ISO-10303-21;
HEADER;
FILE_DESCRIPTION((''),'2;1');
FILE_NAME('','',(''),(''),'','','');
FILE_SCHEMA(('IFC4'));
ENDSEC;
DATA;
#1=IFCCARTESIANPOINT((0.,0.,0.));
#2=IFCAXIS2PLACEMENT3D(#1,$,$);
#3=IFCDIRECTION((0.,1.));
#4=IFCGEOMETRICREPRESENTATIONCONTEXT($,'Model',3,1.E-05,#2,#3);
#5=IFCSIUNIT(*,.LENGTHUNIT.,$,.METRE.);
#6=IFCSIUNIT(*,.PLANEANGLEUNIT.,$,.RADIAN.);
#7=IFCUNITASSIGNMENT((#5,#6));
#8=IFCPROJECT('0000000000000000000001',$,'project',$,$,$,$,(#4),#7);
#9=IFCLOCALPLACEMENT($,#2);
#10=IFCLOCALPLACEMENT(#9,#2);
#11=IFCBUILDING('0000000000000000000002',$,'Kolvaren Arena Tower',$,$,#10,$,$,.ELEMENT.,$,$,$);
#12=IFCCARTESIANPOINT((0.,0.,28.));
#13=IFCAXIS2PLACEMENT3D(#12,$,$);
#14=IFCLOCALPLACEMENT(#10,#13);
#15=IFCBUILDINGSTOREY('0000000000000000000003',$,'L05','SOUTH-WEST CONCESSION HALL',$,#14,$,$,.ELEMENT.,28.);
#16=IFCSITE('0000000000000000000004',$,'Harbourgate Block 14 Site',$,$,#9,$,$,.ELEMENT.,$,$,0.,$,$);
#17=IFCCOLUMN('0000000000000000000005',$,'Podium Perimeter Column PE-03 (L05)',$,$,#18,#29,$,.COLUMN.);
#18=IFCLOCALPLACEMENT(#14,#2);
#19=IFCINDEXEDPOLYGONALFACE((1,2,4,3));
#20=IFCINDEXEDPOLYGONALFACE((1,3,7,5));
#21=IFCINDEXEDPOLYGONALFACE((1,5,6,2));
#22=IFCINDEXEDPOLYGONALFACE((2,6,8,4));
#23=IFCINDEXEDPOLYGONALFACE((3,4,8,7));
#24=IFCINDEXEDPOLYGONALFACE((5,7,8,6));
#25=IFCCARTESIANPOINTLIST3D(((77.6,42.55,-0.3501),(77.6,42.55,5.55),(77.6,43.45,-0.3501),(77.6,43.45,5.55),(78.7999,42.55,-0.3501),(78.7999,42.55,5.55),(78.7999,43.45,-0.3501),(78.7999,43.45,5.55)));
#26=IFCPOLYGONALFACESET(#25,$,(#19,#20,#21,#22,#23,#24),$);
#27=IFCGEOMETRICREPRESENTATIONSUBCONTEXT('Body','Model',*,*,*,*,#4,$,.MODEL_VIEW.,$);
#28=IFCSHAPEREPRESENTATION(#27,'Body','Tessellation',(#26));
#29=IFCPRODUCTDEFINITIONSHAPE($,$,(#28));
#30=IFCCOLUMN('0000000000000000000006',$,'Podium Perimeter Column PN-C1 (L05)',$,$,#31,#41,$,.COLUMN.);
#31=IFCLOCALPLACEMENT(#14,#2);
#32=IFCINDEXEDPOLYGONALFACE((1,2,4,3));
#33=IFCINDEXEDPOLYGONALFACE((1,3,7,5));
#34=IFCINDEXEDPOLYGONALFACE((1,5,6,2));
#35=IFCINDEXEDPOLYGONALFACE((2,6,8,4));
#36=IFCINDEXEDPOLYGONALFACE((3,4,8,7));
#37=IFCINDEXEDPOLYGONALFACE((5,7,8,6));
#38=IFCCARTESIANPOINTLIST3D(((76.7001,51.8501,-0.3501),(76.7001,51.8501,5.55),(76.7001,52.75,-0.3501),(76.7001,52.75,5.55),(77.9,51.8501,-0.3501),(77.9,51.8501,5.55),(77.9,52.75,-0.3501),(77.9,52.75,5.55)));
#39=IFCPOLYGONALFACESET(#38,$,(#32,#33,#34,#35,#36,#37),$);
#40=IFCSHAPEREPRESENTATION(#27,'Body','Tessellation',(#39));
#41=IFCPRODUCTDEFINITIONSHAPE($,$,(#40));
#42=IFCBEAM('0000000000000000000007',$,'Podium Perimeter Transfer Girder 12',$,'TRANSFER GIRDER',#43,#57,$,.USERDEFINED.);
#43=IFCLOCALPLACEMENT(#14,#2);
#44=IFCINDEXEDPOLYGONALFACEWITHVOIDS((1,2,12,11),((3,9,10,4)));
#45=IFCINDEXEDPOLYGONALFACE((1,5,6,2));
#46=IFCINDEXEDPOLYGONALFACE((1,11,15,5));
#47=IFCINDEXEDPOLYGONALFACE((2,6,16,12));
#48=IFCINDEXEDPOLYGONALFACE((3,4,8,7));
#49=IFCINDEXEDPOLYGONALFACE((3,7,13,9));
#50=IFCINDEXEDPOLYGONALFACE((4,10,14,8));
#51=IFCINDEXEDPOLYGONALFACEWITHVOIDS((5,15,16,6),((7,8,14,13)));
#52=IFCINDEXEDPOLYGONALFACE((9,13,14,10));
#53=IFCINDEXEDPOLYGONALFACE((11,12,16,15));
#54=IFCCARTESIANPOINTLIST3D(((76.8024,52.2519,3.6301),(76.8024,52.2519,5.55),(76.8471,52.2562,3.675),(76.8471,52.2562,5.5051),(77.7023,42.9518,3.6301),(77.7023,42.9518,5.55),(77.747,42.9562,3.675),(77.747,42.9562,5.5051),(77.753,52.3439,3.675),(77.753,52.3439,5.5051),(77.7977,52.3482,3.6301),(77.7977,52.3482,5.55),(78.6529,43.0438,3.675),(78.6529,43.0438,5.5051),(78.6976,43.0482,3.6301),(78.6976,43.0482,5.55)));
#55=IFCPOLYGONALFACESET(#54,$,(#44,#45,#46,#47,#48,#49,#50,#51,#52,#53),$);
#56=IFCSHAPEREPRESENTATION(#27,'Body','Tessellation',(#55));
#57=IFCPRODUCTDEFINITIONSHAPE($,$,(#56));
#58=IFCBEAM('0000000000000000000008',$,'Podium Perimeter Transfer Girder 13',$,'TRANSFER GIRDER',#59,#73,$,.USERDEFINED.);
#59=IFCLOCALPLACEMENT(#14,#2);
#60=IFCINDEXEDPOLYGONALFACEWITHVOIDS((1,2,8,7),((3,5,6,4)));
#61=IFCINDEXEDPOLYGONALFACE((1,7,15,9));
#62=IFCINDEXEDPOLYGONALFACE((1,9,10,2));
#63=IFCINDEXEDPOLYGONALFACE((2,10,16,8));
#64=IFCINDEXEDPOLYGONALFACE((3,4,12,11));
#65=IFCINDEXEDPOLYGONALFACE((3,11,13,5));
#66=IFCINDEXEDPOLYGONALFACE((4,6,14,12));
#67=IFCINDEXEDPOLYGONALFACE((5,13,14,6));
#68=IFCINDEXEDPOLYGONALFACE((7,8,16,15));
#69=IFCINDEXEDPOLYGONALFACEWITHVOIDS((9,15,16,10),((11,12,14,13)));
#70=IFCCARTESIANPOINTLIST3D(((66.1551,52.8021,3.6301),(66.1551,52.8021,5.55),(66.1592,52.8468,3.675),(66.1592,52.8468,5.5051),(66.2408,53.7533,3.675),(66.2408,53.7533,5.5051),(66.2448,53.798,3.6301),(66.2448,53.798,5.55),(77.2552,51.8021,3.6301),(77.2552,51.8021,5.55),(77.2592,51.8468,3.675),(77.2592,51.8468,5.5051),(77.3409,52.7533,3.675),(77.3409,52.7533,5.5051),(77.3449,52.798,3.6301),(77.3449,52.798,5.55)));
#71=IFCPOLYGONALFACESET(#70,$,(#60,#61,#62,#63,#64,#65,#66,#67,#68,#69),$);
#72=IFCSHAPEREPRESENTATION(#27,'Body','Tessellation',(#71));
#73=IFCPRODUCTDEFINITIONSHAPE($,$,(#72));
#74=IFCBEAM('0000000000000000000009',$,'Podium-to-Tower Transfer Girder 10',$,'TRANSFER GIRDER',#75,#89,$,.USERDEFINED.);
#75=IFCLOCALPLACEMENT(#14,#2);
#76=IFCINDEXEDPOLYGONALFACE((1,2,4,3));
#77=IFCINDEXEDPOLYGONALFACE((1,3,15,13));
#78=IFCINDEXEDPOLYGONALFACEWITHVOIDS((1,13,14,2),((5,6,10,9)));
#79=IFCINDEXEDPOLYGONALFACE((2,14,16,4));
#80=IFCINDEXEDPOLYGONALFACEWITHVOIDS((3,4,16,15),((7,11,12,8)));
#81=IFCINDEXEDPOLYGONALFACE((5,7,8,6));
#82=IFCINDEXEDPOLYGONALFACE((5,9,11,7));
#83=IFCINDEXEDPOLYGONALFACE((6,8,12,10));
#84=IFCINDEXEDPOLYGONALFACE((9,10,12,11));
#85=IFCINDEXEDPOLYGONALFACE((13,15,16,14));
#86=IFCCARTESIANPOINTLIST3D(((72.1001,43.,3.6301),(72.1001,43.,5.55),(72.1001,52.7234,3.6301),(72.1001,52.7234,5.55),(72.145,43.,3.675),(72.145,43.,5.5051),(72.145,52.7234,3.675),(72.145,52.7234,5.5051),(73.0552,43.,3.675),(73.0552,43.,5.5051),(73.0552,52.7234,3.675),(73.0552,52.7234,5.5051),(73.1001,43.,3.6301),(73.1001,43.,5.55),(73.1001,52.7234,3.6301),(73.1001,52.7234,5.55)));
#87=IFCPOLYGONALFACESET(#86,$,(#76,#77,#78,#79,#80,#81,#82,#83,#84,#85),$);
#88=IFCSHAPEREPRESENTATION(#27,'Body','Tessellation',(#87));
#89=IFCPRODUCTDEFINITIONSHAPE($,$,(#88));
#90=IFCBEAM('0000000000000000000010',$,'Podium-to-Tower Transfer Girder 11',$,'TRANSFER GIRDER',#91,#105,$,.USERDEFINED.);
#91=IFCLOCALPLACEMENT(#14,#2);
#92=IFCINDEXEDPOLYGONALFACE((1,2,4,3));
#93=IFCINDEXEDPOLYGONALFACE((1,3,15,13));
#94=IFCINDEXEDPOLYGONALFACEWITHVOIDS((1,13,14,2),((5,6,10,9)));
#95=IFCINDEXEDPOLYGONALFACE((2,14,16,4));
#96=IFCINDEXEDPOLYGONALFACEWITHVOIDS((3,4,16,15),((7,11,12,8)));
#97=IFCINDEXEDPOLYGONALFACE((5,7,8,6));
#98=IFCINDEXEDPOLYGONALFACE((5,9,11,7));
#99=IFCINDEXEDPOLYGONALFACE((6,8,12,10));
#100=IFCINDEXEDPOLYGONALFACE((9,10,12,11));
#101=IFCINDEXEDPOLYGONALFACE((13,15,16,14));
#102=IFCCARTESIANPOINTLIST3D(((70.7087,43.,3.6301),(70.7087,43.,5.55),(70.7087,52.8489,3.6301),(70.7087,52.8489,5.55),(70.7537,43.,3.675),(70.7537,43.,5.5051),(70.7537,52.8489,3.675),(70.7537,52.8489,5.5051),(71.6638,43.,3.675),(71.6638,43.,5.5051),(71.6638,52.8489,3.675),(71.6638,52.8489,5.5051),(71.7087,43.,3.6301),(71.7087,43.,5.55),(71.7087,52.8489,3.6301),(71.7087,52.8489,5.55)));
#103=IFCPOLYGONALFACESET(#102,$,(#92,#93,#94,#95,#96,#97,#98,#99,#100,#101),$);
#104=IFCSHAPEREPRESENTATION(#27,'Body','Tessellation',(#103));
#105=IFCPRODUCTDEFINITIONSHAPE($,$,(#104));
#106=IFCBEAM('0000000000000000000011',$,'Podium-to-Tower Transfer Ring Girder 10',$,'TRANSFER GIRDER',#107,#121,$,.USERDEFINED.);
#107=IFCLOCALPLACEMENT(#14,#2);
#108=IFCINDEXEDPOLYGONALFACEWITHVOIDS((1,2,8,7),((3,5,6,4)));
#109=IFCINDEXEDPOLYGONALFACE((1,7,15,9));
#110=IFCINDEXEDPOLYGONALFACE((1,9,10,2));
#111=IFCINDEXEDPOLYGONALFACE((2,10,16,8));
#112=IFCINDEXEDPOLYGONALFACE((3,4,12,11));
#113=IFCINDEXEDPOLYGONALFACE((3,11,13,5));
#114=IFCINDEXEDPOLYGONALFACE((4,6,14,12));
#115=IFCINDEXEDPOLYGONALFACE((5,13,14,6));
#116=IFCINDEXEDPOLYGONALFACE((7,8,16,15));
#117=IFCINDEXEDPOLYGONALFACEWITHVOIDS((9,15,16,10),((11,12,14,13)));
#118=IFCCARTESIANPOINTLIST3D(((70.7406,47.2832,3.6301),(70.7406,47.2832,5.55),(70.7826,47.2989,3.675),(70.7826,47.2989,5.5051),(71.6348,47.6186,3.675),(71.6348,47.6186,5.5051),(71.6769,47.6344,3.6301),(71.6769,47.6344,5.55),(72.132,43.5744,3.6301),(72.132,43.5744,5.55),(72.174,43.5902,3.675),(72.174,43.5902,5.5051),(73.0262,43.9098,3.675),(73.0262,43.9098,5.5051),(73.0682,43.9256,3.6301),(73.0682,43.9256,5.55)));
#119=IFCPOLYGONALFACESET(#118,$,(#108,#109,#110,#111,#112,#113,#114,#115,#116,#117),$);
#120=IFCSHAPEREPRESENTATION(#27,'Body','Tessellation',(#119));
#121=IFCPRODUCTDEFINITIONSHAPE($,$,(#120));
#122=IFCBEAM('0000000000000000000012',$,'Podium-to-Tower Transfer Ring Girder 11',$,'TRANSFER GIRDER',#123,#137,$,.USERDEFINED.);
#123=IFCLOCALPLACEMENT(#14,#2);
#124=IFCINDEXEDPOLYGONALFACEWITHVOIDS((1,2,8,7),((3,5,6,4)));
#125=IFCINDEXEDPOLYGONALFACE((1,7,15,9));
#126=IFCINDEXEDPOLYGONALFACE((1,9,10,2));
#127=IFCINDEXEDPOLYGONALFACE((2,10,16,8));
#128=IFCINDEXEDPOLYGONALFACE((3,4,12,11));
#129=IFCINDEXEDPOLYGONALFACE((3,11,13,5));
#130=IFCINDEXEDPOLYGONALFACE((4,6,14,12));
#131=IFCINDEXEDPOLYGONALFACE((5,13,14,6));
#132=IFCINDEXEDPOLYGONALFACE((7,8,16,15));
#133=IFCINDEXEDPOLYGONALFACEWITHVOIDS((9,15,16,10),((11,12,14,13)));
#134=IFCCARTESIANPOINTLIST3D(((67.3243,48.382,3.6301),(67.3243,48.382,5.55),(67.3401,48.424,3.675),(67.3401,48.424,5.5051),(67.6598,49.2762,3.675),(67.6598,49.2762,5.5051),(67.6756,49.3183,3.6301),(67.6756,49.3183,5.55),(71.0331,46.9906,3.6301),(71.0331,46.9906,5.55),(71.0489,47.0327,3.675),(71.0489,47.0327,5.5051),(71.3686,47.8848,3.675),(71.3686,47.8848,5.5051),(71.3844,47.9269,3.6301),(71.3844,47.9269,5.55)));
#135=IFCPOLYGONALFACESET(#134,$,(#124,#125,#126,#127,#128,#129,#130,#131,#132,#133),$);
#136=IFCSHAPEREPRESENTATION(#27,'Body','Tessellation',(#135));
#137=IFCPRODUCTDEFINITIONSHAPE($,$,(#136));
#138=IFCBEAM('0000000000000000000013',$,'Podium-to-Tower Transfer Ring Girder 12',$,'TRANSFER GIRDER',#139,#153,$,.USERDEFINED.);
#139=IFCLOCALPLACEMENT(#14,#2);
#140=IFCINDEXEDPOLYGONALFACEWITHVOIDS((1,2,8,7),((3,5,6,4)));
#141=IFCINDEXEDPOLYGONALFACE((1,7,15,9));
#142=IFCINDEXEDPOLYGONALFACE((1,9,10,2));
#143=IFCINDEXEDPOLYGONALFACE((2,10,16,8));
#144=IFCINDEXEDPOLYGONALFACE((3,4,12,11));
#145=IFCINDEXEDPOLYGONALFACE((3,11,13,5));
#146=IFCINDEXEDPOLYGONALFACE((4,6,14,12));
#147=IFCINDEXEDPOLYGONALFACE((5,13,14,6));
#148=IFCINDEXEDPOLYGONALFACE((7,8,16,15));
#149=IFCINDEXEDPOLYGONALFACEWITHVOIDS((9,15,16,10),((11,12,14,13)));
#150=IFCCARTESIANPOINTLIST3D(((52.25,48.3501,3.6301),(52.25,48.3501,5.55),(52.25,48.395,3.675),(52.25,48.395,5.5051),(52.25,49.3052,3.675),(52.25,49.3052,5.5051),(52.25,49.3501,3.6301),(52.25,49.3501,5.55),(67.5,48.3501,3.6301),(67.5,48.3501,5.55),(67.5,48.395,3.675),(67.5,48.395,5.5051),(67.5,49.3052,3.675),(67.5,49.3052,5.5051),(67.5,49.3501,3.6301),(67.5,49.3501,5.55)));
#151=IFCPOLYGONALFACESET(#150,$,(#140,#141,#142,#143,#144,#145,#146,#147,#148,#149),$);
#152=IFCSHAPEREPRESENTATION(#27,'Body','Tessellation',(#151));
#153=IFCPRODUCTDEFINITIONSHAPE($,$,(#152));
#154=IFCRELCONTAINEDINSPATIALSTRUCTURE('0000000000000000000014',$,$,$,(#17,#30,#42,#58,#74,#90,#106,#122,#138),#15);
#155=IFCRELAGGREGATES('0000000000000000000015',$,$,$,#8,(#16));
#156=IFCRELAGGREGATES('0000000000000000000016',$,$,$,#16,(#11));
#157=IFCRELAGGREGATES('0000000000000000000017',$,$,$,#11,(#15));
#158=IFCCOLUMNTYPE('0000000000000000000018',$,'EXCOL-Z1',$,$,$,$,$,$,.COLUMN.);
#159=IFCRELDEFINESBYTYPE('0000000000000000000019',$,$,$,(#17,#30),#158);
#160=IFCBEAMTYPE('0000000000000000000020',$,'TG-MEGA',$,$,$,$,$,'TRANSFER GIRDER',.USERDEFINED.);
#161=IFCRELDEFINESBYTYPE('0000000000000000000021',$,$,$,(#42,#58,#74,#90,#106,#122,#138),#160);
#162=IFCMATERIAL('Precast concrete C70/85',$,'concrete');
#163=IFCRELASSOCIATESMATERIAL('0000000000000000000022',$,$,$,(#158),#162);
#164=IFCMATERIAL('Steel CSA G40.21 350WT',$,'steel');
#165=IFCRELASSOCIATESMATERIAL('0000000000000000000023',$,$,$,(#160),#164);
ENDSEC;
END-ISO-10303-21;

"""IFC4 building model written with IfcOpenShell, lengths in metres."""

from ifc_helpers import new_model, si_unit, direction, frame, origin, origin_2d, place, context, subcontext, project, spatial, rectangle, hollow_rectangle, extrude, material, material_profile, profile_set, type_object, element, save


model = new_model("IFC4")

# Units and contexts
model_context = context("Model", 3, precision=1e-05, world=origin(), true_north=direction((0.0, 1.0)))
body_context = subcontext(model_context, "Body", "Model", "MODEL_VIEW")
ifc_project = project(units=[si_unit("LENGTHUNIT", "METRE"), si_unit("PLANEANGLEUNIT", "RADIAN")], contexts=[model_context])

# Site, building, storey
site_placement = place(None, origin())
site = spatial("IfcSite", under=ifc_project, at=site_placement, Name="Harbourgate Block 14 Site", CompositionType="ELEMENT", RefElevation=0.0)
building_placement = place(site_placement, origin())
building = spatial("IfcBuilding", under=site, at=building_placement, Name="Kolvaren Arena Tower", CompositionType="ELEMENT")
storey_placement = place(building_placement, frame((0.0, 0.0, 28.0)))
storey = spatial("IfcBuildingStorey", under=building, at=storey_placement, Name="L05", Description="SOUTH-WEST CONCESSION HALL", CompositionType="ELEMENT", Elevation=28.0)

# Columns
ifc_material_1 = material(Name="Precast concrete C70/85", Category="concrete")
ifc_material_profile_1 = material_profile(ifc_material_1, rectangle(XDim=1.2, YDim=0.8999, at=origin_2d()), Name="RC-1200x900")
ifc_profile_set_1 = profile_set([ifc_material_profile_1], Name="Precast concrete C70/85")
column_type = type_object("IfcColumnType", Name="EXCOL-Z1", PredefinedType="COLUMN", material=ifc_profile_set_1)
for number, where, z_axis, x_axis, name in (
    (1, (78.2, 43.0, -0.3501), (0.0, 0.0, 1.0), (1.0, 0.0, 0.0), "Podium Perimeter Column PE-03 (L05)"),
    (2, (77.3, 52.3, -0.3501), (0.0, 0.0, 1.0), (1.0, 0.0, 0.0), "Podium Perimeter Column PN-C1 (L05)"),
):
    element("IfcColumn", number, at=place(storey_placement, frame(where, z_axis=z_axis, x_axis=x_axis)), inside=storey, type_object=column_type, Name=name, PredefinedType="COLUMN", context=body_context, shape_type="SweptSolid", body=[
        extrude(rectangle(XDim=1.2, YDim=0.8999, at=origin_2d()), origin(), (0.0, 0.0, 1.0), 5.9001),
    ])

# Beams
ifc_material_2 = material(Name="Steel CSA G40.21 350WT", Category="steel")
ifc_material_profile_2 = material_profile(ifc_material_2, hollow_rectangle(XDim=1.0, YDim=1.9199, WallThickness=0.0449, at=origin_2d()), Name="BOX 1000x1920x45")
ifc_profile_set_2 = profile_set([ifc_material_profile_2], Name="Steel CSA G40.21 350WT")
beam_type = type_object("IfcBeamType", Name="TG-MEGA", ElementType="TRANSFER GIRDER", PredefinedType="USERDEFINED", material=ifc_profile_set_2)
beam_1_placement = place(storey_placement, frame((78.2, 43.0, 4.5901), z_axis=(-0.096313, 0.995351, 0.0), x_axis=(-0.995351, -0.096313, 0.0)))
element("IfcBeam", 3, at=beam_1_placement, inside=storey, type_object=beam_type, Name="Podium Perimeter Transfer Girder 12", ObjectType="TRANSFER GIRDER", PredefinedType="USERDEFINED", context=body_context, shape_type="SweptSolid", body=[
    extrude(hollow_rectangle(XDim=1.0, YDim=1.9199, WallThickness=0.0449, at=origin_2d()), origin(), (0.0, 0.0, 1.0), 9.3435),
])
beam_2_placement = place(storey_placement, frame((77.3, 52.3, 4.5901), z_axis=(-0.995966, 0.089726, 0.0), x_axis=(-0.089726, -0.995966, 0.0)))
element("IfcBeam", 4, at=beam_2_placement, inside=storey, type_object=beam_type, Name="Podium Perimeter Transfer Girder 13", ObjectType="TRANSFER GIRDER", PredefinedType="USERDEFINED", context=body_context, shape_type="SweptSolid", body=[
    extrude(hollow_rectangle(XDim=1.0, YDim=1.9199, WallThickness=0.0449, at=origin_2d()), origin(), (0.0, 0.0, 1.0), 11.145),
])
beam_3_placement = place(storey_placement, frame((72.6001, 43.0, 4.5901), z_axis=(0.0, 1.0, 0.0), x_axis=(-1.0, 0.0, 0.0)))
element("IfcBeam", 5, at=beam_3_placement, inside=storey, type_object=beam_type, Name="Podium-to-Tower Transfer Girder 10", ObjectType="TRANSFER GIRDER", PredefinedType="USERDEFINED", context=body_context, shape_type="SweptSolid", body=[
    extrude(hollow_rectangle(XDim=1.0, YDim=1.9199, WallThickness=0.0449, at=origin_2d()), origin(), (0.0, 0.0, 1.0), 9.7234),
])
beam_4_placement = place(storey_placement, frame((71.2087, 43.0, 4.5901), z_axis=(0.0, 1.0, 0.0), x_axis=(-1.0, 0.0, 0.0)))
element("IfcBeam", 6, at=beam_4_placement, inside=storey, type_object=beam_type, Name="Podium-to-Tower Transfer Girder 11", ObjectType="TRANSFER GIRDER", PredefinedType="USERDEFINED", context=body_context, shape_type="SweptSolid", body=[
    extrude(hollow_rectangle(XDim=1.0, YDim=1.9199, WallThickness=0.0449, at=origin_2d()), origin(), (0.0, 0.0, 1.0), 9.8489),
])
for number, where, z_axis, x_axis, name in (
    (7, (72.6001, 43.75, 4.5901), (-0.351252, 0.936281, 0.0), (-0.936281, -0.351252, 0.0), "Podium-to-Tower Transfer Ring Girder 10"),
    (8, (71.2087, 47.4587, 4.5901), (-0.936281, 0.351252, 0.0), (-0.351252, -0.936281, 0.0), "Podium-to-Tower Transfer Ring Girder 11"),
):
    element("IfcBeam", number, at=place(storey_placement, frame(where, z_axis=z_axis, x_axis=x_axis)), inside=storey, type_object=beam_type, Name=name, ObjectType="TRANSFER GIRDER", PredefinedType="USERDEFINED", context=body_context, shape_type="SweptSolid", body=[
        extrude(hollow_rectangle(XDim=1.0, YDim=1.9199, WallThickness=0.0449, at=origin_2d()), origin(), (0.0, 0.0, 1.0), 3.9612),
    ])
beam_5_placement = place(storey_placement, frame((67.5, 48.8501, 4.5901), z_axis=(-1.0, 0.0, 0.0), x_axis=(0.0, -1.0, 0.0)))
element("IfcBeam", 9, at=beam_5_placement, inside=storey, type_object=beam_type, Name="Podium-to-Tower Transfer Ring Girder 12", ObjectType="TRANSFER GIRDER", PredefinedType="USERDEFINED", context=body_context, shape_type="SweptSolid", body=[
    extrude(hollow_rectangle(XDim=1.0, YDim=1.9199, WallThickness=0.0449, at=origin_2d()), origin(), (0.0, 0.0, 1.0), 15.25),
])

save(model, "model.ifc")
